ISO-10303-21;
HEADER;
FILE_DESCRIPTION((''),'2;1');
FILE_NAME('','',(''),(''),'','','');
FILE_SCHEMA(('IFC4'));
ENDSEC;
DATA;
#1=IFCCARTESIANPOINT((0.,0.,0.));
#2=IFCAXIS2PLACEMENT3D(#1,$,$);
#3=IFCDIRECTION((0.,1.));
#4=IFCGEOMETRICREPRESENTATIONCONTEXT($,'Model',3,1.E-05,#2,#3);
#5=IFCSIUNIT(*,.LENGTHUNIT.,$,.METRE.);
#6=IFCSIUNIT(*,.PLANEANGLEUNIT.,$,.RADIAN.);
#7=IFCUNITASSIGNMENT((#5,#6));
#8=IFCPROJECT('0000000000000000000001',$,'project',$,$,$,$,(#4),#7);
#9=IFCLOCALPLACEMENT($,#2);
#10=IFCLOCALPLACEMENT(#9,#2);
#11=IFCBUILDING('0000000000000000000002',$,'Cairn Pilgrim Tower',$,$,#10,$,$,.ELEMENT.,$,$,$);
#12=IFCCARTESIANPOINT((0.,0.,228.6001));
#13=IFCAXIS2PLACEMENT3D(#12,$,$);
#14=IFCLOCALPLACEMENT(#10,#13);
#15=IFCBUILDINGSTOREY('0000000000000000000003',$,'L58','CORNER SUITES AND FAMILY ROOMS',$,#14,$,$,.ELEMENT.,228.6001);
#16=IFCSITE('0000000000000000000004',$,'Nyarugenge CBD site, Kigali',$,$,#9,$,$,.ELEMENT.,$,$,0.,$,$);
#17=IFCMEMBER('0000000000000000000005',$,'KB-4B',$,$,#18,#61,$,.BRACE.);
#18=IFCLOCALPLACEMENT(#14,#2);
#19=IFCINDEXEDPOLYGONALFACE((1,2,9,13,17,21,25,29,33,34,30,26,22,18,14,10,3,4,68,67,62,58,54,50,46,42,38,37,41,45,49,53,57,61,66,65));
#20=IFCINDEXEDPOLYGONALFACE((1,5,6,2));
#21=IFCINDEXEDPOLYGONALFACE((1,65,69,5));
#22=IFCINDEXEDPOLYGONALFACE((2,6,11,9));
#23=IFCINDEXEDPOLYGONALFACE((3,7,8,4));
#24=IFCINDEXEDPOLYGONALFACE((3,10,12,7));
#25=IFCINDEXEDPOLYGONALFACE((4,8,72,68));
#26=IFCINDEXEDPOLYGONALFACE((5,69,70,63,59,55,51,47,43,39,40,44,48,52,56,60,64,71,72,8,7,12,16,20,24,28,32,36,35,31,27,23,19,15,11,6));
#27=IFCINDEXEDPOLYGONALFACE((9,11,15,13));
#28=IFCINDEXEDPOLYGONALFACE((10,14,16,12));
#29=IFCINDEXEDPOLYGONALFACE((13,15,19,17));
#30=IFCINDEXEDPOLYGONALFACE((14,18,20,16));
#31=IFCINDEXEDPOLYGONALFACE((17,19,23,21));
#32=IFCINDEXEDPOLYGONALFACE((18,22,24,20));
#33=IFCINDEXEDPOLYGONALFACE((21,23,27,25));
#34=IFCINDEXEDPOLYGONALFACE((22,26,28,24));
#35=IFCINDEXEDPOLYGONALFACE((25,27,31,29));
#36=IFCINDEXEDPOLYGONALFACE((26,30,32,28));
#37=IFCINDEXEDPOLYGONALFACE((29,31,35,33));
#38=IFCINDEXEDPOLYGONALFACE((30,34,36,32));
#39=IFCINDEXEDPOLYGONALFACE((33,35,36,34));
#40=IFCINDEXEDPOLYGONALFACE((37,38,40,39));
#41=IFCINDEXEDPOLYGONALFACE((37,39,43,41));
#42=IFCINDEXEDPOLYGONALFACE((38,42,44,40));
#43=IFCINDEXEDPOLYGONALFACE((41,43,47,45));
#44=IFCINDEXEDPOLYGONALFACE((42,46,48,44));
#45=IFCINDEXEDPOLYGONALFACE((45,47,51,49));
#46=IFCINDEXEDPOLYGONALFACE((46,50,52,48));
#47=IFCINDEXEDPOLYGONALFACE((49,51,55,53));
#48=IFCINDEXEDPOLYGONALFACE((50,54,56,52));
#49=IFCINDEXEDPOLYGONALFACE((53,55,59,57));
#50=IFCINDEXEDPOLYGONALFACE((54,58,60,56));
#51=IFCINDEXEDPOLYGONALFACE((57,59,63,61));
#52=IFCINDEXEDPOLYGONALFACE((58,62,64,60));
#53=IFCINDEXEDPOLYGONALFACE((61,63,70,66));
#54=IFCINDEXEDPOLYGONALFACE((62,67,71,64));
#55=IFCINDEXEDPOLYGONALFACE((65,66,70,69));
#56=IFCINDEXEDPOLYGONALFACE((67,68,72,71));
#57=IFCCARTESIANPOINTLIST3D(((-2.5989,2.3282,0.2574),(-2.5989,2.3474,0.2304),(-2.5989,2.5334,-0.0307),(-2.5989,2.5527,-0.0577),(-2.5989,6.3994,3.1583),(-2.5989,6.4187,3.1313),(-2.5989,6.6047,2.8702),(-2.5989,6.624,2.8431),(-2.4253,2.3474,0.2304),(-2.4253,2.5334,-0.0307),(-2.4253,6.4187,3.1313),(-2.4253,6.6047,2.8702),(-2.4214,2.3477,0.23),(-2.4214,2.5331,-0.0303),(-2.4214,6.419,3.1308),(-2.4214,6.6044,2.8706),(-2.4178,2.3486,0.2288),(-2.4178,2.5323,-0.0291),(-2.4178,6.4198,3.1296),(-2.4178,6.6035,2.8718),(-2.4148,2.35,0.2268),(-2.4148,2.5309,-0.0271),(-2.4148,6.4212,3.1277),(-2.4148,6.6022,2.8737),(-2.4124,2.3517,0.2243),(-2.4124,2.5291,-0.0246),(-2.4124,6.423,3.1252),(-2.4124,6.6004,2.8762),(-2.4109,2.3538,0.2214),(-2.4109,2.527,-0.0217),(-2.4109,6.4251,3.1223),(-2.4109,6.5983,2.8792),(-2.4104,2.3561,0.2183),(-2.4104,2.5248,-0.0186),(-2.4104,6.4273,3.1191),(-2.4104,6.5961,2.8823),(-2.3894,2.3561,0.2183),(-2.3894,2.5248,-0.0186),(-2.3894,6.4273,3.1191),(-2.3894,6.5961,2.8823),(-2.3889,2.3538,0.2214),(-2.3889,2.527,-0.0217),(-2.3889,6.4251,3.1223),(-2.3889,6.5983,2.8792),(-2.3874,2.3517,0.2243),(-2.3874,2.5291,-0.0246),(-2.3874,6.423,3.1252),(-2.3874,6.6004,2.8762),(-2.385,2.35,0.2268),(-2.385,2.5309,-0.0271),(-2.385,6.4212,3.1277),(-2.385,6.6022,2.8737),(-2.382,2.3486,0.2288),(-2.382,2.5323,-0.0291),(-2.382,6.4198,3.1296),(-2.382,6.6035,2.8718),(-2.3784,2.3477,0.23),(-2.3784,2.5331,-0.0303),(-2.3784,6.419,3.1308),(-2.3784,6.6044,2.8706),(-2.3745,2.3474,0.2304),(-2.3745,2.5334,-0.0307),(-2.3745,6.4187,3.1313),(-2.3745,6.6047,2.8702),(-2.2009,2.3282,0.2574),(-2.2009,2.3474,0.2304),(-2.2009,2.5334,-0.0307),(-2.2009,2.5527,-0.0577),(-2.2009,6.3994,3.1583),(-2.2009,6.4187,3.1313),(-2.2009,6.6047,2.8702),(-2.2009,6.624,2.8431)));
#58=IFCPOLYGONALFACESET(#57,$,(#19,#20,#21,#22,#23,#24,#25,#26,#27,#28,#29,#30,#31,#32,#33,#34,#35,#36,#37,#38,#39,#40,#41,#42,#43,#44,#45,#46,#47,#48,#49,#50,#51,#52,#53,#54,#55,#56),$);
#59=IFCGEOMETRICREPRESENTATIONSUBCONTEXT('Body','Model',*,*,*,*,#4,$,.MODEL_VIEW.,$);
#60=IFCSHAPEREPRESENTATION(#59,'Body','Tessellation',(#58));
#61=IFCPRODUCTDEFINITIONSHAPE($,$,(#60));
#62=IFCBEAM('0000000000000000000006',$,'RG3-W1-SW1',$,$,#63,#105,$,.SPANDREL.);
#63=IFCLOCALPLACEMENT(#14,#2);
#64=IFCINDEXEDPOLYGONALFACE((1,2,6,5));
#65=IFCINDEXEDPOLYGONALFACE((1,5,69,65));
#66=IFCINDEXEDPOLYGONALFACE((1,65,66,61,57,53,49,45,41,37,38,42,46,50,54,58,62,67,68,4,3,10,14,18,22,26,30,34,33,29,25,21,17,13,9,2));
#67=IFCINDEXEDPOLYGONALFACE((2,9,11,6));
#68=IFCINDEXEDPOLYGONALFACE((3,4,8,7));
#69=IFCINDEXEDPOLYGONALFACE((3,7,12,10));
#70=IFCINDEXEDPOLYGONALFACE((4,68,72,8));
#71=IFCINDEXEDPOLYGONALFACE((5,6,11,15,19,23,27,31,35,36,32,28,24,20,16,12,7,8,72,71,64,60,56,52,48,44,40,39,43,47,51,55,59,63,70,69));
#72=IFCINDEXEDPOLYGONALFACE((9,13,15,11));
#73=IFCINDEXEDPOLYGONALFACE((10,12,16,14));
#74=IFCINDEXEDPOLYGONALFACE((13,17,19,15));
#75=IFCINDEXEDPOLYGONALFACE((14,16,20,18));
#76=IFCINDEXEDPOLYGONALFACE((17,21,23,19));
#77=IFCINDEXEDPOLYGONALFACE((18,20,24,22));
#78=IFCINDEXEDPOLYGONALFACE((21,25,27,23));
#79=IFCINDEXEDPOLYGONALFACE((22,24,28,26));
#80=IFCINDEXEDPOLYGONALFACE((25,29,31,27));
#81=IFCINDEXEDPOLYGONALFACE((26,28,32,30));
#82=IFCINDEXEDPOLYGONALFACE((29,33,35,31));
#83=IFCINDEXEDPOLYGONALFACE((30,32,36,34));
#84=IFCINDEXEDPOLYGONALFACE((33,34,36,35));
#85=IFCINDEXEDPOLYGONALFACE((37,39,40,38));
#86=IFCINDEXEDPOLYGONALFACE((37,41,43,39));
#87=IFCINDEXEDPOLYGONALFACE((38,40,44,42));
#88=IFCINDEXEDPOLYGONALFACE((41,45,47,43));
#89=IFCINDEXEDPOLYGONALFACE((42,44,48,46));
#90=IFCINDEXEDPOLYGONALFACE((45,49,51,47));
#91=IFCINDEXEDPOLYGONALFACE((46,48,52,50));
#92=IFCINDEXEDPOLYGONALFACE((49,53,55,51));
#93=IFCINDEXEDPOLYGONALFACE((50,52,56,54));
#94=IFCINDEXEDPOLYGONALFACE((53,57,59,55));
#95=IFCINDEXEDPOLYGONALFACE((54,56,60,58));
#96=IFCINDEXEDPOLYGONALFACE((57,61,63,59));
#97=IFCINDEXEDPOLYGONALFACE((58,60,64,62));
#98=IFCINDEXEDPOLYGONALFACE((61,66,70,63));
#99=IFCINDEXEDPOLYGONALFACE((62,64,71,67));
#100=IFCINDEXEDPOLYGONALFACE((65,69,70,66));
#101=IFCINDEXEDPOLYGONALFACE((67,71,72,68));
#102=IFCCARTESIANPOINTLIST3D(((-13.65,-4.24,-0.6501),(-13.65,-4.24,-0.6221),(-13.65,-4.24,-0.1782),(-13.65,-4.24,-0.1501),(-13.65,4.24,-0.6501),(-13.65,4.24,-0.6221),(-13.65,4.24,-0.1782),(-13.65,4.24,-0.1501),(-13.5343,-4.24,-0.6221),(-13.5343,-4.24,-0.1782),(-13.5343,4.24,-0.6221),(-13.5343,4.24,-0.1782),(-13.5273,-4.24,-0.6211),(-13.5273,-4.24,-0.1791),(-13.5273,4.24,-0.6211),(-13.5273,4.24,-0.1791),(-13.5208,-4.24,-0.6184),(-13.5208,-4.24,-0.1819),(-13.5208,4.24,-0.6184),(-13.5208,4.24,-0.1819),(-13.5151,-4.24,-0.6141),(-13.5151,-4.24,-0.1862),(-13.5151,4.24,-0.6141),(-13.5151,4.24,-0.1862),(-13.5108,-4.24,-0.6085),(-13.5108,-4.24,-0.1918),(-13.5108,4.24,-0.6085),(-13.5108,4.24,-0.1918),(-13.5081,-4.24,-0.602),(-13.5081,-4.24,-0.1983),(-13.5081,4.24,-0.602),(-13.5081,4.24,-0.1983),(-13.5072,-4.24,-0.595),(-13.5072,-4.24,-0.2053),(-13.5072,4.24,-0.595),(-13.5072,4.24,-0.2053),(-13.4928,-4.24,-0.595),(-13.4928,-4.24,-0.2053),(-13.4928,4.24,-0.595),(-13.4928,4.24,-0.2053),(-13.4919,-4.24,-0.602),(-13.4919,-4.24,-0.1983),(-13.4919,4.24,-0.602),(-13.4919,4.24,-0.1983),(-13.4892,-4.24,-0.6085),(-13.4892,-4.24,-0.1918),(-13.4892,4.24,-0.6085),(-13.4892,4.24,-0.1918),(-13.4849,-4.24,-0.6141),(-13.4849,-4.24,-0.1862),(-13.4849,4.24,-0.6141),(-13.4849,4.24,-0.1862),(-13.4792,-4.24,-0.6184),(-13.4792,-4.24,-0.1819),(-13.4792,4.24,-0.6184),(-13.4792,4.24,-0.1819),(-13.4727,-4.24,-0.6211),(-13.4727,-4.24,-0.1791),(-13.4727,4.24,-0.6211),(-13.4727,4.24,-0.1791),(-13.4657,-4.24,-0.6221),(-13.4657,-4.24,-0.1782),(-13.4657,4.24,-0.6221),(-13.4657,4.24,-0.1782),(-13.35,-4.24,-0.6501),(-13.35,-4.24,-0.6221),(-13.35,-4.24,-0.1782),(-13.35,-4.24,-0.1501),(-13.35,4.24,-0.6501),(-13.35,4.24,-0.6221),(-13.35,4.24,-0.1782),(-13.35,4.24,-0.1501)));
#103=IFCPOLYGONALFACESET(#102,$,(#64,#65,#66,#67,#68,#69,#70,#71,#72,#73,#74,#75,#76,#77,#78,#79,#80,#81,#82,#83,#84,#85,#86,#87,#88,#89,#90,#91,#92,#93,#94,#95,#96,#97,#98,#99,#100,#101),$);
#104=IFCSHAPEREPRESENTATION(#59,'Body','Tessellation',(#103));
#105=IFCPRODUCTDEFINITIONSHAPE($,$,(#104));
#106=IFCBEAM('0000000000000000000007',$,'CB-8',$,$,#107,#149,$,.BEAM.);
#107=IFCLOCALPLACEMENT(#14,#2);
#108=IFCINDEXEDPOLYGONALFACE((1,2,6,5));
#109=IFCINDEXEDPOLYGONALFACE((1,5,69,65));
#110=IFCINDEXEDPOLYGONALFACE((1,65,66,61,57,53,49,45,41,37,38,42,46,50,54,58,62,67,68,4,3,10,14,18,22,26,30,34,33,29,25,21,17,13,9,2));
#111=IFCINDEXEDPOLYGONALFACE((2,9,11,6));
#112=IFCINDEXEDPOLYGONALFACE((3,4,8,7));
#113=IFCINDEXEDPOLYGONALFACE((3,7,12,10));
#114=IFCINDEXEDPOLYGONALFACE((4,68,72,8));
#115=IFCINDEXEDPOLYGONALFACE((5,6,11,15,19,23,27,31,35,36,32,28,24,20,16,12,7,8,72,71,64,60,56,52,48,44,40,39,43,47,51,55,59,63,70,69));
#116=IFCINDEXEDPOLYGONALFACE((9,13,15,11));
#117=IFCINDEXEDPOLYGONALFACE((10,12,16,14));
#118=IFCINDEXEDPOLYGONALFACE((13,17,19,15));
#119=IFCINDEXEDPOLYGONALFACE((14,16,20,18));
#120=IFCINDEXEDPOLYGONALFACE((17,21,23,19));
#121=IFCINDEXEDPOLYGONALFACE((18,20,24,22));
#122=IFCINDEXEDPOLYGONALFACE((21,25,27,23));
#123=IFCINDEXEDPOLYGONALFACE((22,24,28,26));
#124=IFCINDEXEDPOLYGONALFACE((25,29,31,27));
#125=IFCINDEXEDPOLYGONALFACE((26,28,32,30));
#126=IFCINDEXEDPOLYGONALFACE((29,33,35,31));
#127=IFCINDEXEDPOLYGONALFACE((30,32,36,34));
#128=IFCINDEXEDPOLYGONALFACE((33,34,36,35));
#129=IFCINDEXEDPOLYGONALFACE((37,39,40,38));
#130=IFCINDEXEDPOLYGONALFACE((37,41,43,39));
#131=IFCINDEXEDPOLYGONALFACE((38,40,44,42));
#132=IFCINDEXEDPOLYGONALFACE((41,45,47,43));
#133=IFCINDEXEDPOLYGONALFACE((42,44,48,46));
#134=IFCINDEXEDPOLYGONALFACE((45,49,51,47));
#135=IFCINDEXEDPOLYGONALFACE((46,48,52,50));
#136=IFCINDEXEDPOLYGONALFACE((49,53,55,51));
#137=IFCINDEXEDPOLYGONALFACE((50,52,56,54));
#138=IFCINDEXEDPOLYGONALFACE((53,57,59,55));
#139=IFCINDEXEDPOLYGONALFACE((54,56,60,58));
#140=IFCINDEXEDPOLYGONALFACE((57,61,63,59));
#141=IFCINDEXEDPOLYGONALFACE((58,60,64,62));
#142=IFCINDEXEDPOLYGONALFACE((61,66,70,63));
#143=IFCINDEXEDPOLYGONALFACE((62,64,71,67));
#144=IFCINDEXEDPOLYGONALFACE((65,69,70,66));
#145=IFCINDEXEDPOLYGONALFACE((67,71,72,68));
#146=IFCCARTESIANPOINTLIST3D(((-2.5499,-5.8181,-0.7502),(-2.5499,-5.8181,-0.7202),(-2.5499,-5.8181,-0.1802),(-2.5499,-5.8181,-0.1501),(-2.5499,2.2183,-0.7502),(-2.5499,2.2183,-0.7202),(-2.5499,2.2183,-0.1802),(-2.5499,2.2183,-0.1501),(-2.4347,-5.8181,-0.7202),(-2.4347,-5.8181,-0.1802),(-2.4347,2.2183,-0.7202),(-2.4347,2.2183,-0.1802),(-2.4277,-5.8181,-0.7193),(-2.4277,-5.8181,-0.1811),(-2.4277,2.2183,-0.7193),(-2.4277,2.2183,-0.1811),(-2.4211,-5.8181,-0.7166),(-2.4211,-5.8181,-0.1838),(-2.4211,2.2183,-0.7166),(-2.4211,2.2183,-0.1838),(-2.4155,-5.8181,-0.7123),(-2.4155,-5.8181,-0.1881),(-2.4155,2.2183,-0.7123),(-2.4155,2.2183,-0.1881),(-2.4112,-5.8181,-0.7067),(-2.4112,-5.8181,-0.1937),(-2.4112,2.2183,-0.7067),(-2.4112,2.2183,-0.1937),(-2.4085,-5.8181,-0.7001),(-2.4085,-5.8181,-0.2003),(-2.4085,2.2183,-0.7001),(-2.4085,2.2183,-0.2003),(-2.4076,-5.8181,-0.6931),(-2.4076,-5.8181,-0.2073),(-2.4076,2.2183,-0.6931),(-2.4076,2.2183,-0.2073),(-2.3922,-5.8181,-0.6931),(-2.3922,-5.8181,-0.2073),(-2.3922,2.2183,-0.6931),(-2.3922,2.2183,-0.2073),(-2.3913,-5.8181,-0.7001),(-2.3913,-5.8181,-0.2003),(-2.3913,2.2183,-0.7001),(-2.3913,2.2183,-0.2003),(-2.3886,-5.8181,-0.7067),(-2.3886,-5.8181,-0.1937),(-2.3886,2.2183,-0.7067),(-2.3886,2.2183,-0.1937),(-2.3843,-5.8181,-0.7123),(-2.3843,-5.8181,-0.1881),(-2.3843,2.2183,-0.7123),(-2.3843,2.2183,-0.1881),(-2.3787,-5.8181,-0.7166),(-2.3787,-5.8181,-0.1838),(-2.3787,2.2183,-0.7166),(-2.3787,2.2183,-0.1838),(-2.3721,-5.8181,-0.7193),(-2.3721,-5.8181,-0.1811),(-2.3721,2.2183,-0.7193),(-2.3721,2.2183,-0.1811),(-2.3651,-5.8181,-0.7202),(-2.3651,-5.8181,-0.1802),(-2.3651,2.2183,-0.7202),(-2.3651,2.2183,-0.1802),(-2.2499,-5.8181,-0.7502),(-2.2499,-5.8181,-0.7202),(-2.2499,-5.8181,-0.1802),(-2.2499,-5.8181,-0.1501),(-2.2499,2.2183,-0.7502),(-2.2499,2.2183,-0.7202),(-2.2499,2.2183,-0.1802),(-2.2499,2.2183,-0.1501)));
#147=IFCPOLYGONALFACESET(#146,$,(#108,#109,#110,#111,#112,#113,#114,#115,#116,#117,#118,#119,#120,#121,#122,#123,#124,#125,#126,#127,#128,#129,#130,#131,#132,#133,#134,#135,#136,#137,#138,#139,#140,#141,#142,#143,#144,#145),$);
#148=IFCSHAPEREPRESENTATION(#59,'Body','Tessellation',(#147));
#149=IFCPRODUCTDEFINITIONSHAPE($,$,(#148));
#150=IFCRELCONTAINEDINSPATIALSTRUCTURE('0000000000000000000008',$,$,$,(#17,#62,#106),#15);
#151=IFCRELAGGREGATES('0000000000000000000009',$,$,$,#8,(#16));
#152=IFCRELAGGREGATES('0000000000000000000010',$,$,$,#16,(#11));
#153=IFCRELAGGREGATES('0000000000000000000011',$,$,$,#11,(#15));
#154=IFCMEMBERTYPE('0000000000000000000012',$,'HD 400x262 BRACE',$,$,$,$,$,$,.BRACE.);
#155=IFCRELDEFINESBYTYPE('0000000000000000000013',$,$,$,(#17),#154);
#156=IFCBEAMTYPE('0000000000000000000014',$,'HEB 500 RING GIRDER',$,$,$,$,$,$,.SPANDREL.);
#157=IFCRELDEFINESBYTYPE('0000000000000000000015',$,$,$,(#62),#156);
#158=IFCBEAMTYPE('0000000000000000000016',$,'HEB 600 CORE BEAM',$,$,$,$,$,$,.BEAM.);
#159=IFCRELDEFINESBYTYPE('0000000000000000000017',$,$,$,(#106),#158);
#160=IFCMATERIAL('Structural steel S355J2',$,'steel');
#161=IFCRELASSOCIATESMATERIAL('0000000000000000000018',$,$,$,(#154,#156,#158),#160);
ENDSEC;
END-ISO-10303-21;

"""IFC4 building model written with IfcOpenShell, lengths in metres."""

from ifc_helpers import new_model, si_unit, direction, frame, origin, origin_2d, place, context, subcontext, project, spatial, i_section, extrude, material, material_profile, profile_set, type_object, element, save


model = new_model("IFC4")

# Units and contexts
model_context = context("Model", 3, precision=1e-05, world=origin(), true_north=direction((0.0, 1.0)))
body_context = subcontext(model_context, "Body", "Model", "MODEL_VIEW")
ifc_project = project(units=[si_unit("LENGTHUNIT", "METRE"), si_unit("PLANEANGLEUNIT", "RADIAN")], contexts=[model_context])

# Site, building, storey
site_placement = place(None, origin())
site = spatial("IfcSite", under=ifc_project, at=site_placement, Name="Nyarugenge CBD site, Kigali", CompositionType="ELEMENT", RefElevation=0.0)
building_placement = place(site_placement, origin())
building = spatial("IfcBuilding", under=site, at=building_placement, Name="Cairn Pilgrim Tower", CompositionType="ELEMENT")
storey_placement = place(building_placement, frame((0.0, 0.0, 228.6001)))
storey = spatial("IfcBuildingStorey", under=building, at=storey_placement, Name="L58", Description="CORNER SUITES AND FAMILY ROOMS", CompositionType="ELEMENT", Elevation=228.6001)

# Shared definitions
ifc_material_1 = material(Name="Structural steel S355J2", Category="steel")

# Member
ifc_material_profile_1 = material_profile(ifc_material_1, i_section(OverallWidth=0.3979, OverallDepth=0.387, WebThickness=0.021, FlangeThickness=0.0332, FilletRadius=0.0149, at=origin_2d()), Name="HD 400x262")
ifc_profile_set_1 = profile_set([ifc_material_profile_1], Name="Structural steel S355J2")
member_type_1 = type_object("IfcMemberType", Name="HD 400x262 BRACE", PredefinedType="BRACE", material=ifc_profile_set_1)
member_1_placement = place(storey_placement, frame((-2.3999, 2.4404, 0.0999), z_axis=(0.0, 0.814413, 0.580286), x_axis=(-1.0, 0.0, 0.0)))
element("IfcMember", 1, at=member_1_placement, inside=storey, type_object=member_type_1, Name="KB-4B", PredefinedType="BRACE", context=body_context, shape_type="SweptSolid", body=[
    extrude(i_section(OverallWidth=0.3979, OverallDepth=0.387, WebThickness=0.021, FlangeThickness=0.0332, FilletRadius=0.0149, at=origin_2d()), origin(), (0.0, 0.0, 1.0), 4.999),
])

# Beams
ifc_material_profile_2 = material_profile(ifc_material_1, i_section(OverallWidth=0.3, OverallDepth=0.5, WebThickness=0.0144, FlangeThickness=0.0281, FilletRadius=0.0271, at=origin_2d()), Name="HEB 500")
ifc_profile_set_2 = profile_set([ifc_material_profile_2], Name="Structural steel S355J2")
beam_type_1 = type_object("IfcBeamType", Name="HEB 500 RING GIRDER", PredefinedType="SPANDREL", material=ifc_profile_set_2)
beam_1_placement = place(storey_placement, frame((-13.5, 4.24, -0.4001), z_axis=(0.0, -1.0, 0.0), x_axis=(1.0, 0.0, 0.0)))
element("IfcBeam", 2, at=beam_1_placement, inside=storey, type_object=beam_type_1, Name="RG3-W1-SW1", PredefinedType="SPANDREL", context=body_context, shape_type="SweptSolid", body=[
    extrude(i_section(OverallWidth=0.3, OverallDepth=0.5, WebThickness=0.0144, FlangeThickness=0.0281, FilletRadius=0.0271, at=origin_2d()), origin(), (0.0, 0.0, 1.0), 8.48),
])
ifc_material_profile_3 = material_profile(ifc_material_1, i_section(OverallWidth=0.3, OverallDepth=0.6001, WebThickness=0.0154, FlangeThickness=0.03, FilletRadius=0.0271, at=origin_2d()), Name="HEB 600")
ifc_profile_set_3 = profile_set([ifc_material_profile_3], Name="Structural steel S355J2")
beam_type_2 = type_object("IfcBeamType", Name="HEB 600 CORE BEAM", PredefinedType="BEAM", material=ifc_profile_set_3)
beam_2_placement = place(storey_placement, frame((-2.3999, 2.2183, -0.4502), z_axis=(0.0, -1.0, 0.0), x_axis=(1.0, 0.0, 0.0)))
element("IfcBeam", 3, at=beam_2_placement, inside=storey, type_object=beam_type_2, Name="CB-8", PredefinedType="BEAM", context=body_context, shape_type="SweptSolid", body=[
    extrude(i_section(OverallWidth=0.3, OverallDepth=0.6001, WebThickness=0.0154, FlangeThickness=0.03, FilletRadius=0.0271, at=origin_2d()), origin(), (0.0, 0.0, 1.0), 8.0364),
])

save(model, "model.ifc")
